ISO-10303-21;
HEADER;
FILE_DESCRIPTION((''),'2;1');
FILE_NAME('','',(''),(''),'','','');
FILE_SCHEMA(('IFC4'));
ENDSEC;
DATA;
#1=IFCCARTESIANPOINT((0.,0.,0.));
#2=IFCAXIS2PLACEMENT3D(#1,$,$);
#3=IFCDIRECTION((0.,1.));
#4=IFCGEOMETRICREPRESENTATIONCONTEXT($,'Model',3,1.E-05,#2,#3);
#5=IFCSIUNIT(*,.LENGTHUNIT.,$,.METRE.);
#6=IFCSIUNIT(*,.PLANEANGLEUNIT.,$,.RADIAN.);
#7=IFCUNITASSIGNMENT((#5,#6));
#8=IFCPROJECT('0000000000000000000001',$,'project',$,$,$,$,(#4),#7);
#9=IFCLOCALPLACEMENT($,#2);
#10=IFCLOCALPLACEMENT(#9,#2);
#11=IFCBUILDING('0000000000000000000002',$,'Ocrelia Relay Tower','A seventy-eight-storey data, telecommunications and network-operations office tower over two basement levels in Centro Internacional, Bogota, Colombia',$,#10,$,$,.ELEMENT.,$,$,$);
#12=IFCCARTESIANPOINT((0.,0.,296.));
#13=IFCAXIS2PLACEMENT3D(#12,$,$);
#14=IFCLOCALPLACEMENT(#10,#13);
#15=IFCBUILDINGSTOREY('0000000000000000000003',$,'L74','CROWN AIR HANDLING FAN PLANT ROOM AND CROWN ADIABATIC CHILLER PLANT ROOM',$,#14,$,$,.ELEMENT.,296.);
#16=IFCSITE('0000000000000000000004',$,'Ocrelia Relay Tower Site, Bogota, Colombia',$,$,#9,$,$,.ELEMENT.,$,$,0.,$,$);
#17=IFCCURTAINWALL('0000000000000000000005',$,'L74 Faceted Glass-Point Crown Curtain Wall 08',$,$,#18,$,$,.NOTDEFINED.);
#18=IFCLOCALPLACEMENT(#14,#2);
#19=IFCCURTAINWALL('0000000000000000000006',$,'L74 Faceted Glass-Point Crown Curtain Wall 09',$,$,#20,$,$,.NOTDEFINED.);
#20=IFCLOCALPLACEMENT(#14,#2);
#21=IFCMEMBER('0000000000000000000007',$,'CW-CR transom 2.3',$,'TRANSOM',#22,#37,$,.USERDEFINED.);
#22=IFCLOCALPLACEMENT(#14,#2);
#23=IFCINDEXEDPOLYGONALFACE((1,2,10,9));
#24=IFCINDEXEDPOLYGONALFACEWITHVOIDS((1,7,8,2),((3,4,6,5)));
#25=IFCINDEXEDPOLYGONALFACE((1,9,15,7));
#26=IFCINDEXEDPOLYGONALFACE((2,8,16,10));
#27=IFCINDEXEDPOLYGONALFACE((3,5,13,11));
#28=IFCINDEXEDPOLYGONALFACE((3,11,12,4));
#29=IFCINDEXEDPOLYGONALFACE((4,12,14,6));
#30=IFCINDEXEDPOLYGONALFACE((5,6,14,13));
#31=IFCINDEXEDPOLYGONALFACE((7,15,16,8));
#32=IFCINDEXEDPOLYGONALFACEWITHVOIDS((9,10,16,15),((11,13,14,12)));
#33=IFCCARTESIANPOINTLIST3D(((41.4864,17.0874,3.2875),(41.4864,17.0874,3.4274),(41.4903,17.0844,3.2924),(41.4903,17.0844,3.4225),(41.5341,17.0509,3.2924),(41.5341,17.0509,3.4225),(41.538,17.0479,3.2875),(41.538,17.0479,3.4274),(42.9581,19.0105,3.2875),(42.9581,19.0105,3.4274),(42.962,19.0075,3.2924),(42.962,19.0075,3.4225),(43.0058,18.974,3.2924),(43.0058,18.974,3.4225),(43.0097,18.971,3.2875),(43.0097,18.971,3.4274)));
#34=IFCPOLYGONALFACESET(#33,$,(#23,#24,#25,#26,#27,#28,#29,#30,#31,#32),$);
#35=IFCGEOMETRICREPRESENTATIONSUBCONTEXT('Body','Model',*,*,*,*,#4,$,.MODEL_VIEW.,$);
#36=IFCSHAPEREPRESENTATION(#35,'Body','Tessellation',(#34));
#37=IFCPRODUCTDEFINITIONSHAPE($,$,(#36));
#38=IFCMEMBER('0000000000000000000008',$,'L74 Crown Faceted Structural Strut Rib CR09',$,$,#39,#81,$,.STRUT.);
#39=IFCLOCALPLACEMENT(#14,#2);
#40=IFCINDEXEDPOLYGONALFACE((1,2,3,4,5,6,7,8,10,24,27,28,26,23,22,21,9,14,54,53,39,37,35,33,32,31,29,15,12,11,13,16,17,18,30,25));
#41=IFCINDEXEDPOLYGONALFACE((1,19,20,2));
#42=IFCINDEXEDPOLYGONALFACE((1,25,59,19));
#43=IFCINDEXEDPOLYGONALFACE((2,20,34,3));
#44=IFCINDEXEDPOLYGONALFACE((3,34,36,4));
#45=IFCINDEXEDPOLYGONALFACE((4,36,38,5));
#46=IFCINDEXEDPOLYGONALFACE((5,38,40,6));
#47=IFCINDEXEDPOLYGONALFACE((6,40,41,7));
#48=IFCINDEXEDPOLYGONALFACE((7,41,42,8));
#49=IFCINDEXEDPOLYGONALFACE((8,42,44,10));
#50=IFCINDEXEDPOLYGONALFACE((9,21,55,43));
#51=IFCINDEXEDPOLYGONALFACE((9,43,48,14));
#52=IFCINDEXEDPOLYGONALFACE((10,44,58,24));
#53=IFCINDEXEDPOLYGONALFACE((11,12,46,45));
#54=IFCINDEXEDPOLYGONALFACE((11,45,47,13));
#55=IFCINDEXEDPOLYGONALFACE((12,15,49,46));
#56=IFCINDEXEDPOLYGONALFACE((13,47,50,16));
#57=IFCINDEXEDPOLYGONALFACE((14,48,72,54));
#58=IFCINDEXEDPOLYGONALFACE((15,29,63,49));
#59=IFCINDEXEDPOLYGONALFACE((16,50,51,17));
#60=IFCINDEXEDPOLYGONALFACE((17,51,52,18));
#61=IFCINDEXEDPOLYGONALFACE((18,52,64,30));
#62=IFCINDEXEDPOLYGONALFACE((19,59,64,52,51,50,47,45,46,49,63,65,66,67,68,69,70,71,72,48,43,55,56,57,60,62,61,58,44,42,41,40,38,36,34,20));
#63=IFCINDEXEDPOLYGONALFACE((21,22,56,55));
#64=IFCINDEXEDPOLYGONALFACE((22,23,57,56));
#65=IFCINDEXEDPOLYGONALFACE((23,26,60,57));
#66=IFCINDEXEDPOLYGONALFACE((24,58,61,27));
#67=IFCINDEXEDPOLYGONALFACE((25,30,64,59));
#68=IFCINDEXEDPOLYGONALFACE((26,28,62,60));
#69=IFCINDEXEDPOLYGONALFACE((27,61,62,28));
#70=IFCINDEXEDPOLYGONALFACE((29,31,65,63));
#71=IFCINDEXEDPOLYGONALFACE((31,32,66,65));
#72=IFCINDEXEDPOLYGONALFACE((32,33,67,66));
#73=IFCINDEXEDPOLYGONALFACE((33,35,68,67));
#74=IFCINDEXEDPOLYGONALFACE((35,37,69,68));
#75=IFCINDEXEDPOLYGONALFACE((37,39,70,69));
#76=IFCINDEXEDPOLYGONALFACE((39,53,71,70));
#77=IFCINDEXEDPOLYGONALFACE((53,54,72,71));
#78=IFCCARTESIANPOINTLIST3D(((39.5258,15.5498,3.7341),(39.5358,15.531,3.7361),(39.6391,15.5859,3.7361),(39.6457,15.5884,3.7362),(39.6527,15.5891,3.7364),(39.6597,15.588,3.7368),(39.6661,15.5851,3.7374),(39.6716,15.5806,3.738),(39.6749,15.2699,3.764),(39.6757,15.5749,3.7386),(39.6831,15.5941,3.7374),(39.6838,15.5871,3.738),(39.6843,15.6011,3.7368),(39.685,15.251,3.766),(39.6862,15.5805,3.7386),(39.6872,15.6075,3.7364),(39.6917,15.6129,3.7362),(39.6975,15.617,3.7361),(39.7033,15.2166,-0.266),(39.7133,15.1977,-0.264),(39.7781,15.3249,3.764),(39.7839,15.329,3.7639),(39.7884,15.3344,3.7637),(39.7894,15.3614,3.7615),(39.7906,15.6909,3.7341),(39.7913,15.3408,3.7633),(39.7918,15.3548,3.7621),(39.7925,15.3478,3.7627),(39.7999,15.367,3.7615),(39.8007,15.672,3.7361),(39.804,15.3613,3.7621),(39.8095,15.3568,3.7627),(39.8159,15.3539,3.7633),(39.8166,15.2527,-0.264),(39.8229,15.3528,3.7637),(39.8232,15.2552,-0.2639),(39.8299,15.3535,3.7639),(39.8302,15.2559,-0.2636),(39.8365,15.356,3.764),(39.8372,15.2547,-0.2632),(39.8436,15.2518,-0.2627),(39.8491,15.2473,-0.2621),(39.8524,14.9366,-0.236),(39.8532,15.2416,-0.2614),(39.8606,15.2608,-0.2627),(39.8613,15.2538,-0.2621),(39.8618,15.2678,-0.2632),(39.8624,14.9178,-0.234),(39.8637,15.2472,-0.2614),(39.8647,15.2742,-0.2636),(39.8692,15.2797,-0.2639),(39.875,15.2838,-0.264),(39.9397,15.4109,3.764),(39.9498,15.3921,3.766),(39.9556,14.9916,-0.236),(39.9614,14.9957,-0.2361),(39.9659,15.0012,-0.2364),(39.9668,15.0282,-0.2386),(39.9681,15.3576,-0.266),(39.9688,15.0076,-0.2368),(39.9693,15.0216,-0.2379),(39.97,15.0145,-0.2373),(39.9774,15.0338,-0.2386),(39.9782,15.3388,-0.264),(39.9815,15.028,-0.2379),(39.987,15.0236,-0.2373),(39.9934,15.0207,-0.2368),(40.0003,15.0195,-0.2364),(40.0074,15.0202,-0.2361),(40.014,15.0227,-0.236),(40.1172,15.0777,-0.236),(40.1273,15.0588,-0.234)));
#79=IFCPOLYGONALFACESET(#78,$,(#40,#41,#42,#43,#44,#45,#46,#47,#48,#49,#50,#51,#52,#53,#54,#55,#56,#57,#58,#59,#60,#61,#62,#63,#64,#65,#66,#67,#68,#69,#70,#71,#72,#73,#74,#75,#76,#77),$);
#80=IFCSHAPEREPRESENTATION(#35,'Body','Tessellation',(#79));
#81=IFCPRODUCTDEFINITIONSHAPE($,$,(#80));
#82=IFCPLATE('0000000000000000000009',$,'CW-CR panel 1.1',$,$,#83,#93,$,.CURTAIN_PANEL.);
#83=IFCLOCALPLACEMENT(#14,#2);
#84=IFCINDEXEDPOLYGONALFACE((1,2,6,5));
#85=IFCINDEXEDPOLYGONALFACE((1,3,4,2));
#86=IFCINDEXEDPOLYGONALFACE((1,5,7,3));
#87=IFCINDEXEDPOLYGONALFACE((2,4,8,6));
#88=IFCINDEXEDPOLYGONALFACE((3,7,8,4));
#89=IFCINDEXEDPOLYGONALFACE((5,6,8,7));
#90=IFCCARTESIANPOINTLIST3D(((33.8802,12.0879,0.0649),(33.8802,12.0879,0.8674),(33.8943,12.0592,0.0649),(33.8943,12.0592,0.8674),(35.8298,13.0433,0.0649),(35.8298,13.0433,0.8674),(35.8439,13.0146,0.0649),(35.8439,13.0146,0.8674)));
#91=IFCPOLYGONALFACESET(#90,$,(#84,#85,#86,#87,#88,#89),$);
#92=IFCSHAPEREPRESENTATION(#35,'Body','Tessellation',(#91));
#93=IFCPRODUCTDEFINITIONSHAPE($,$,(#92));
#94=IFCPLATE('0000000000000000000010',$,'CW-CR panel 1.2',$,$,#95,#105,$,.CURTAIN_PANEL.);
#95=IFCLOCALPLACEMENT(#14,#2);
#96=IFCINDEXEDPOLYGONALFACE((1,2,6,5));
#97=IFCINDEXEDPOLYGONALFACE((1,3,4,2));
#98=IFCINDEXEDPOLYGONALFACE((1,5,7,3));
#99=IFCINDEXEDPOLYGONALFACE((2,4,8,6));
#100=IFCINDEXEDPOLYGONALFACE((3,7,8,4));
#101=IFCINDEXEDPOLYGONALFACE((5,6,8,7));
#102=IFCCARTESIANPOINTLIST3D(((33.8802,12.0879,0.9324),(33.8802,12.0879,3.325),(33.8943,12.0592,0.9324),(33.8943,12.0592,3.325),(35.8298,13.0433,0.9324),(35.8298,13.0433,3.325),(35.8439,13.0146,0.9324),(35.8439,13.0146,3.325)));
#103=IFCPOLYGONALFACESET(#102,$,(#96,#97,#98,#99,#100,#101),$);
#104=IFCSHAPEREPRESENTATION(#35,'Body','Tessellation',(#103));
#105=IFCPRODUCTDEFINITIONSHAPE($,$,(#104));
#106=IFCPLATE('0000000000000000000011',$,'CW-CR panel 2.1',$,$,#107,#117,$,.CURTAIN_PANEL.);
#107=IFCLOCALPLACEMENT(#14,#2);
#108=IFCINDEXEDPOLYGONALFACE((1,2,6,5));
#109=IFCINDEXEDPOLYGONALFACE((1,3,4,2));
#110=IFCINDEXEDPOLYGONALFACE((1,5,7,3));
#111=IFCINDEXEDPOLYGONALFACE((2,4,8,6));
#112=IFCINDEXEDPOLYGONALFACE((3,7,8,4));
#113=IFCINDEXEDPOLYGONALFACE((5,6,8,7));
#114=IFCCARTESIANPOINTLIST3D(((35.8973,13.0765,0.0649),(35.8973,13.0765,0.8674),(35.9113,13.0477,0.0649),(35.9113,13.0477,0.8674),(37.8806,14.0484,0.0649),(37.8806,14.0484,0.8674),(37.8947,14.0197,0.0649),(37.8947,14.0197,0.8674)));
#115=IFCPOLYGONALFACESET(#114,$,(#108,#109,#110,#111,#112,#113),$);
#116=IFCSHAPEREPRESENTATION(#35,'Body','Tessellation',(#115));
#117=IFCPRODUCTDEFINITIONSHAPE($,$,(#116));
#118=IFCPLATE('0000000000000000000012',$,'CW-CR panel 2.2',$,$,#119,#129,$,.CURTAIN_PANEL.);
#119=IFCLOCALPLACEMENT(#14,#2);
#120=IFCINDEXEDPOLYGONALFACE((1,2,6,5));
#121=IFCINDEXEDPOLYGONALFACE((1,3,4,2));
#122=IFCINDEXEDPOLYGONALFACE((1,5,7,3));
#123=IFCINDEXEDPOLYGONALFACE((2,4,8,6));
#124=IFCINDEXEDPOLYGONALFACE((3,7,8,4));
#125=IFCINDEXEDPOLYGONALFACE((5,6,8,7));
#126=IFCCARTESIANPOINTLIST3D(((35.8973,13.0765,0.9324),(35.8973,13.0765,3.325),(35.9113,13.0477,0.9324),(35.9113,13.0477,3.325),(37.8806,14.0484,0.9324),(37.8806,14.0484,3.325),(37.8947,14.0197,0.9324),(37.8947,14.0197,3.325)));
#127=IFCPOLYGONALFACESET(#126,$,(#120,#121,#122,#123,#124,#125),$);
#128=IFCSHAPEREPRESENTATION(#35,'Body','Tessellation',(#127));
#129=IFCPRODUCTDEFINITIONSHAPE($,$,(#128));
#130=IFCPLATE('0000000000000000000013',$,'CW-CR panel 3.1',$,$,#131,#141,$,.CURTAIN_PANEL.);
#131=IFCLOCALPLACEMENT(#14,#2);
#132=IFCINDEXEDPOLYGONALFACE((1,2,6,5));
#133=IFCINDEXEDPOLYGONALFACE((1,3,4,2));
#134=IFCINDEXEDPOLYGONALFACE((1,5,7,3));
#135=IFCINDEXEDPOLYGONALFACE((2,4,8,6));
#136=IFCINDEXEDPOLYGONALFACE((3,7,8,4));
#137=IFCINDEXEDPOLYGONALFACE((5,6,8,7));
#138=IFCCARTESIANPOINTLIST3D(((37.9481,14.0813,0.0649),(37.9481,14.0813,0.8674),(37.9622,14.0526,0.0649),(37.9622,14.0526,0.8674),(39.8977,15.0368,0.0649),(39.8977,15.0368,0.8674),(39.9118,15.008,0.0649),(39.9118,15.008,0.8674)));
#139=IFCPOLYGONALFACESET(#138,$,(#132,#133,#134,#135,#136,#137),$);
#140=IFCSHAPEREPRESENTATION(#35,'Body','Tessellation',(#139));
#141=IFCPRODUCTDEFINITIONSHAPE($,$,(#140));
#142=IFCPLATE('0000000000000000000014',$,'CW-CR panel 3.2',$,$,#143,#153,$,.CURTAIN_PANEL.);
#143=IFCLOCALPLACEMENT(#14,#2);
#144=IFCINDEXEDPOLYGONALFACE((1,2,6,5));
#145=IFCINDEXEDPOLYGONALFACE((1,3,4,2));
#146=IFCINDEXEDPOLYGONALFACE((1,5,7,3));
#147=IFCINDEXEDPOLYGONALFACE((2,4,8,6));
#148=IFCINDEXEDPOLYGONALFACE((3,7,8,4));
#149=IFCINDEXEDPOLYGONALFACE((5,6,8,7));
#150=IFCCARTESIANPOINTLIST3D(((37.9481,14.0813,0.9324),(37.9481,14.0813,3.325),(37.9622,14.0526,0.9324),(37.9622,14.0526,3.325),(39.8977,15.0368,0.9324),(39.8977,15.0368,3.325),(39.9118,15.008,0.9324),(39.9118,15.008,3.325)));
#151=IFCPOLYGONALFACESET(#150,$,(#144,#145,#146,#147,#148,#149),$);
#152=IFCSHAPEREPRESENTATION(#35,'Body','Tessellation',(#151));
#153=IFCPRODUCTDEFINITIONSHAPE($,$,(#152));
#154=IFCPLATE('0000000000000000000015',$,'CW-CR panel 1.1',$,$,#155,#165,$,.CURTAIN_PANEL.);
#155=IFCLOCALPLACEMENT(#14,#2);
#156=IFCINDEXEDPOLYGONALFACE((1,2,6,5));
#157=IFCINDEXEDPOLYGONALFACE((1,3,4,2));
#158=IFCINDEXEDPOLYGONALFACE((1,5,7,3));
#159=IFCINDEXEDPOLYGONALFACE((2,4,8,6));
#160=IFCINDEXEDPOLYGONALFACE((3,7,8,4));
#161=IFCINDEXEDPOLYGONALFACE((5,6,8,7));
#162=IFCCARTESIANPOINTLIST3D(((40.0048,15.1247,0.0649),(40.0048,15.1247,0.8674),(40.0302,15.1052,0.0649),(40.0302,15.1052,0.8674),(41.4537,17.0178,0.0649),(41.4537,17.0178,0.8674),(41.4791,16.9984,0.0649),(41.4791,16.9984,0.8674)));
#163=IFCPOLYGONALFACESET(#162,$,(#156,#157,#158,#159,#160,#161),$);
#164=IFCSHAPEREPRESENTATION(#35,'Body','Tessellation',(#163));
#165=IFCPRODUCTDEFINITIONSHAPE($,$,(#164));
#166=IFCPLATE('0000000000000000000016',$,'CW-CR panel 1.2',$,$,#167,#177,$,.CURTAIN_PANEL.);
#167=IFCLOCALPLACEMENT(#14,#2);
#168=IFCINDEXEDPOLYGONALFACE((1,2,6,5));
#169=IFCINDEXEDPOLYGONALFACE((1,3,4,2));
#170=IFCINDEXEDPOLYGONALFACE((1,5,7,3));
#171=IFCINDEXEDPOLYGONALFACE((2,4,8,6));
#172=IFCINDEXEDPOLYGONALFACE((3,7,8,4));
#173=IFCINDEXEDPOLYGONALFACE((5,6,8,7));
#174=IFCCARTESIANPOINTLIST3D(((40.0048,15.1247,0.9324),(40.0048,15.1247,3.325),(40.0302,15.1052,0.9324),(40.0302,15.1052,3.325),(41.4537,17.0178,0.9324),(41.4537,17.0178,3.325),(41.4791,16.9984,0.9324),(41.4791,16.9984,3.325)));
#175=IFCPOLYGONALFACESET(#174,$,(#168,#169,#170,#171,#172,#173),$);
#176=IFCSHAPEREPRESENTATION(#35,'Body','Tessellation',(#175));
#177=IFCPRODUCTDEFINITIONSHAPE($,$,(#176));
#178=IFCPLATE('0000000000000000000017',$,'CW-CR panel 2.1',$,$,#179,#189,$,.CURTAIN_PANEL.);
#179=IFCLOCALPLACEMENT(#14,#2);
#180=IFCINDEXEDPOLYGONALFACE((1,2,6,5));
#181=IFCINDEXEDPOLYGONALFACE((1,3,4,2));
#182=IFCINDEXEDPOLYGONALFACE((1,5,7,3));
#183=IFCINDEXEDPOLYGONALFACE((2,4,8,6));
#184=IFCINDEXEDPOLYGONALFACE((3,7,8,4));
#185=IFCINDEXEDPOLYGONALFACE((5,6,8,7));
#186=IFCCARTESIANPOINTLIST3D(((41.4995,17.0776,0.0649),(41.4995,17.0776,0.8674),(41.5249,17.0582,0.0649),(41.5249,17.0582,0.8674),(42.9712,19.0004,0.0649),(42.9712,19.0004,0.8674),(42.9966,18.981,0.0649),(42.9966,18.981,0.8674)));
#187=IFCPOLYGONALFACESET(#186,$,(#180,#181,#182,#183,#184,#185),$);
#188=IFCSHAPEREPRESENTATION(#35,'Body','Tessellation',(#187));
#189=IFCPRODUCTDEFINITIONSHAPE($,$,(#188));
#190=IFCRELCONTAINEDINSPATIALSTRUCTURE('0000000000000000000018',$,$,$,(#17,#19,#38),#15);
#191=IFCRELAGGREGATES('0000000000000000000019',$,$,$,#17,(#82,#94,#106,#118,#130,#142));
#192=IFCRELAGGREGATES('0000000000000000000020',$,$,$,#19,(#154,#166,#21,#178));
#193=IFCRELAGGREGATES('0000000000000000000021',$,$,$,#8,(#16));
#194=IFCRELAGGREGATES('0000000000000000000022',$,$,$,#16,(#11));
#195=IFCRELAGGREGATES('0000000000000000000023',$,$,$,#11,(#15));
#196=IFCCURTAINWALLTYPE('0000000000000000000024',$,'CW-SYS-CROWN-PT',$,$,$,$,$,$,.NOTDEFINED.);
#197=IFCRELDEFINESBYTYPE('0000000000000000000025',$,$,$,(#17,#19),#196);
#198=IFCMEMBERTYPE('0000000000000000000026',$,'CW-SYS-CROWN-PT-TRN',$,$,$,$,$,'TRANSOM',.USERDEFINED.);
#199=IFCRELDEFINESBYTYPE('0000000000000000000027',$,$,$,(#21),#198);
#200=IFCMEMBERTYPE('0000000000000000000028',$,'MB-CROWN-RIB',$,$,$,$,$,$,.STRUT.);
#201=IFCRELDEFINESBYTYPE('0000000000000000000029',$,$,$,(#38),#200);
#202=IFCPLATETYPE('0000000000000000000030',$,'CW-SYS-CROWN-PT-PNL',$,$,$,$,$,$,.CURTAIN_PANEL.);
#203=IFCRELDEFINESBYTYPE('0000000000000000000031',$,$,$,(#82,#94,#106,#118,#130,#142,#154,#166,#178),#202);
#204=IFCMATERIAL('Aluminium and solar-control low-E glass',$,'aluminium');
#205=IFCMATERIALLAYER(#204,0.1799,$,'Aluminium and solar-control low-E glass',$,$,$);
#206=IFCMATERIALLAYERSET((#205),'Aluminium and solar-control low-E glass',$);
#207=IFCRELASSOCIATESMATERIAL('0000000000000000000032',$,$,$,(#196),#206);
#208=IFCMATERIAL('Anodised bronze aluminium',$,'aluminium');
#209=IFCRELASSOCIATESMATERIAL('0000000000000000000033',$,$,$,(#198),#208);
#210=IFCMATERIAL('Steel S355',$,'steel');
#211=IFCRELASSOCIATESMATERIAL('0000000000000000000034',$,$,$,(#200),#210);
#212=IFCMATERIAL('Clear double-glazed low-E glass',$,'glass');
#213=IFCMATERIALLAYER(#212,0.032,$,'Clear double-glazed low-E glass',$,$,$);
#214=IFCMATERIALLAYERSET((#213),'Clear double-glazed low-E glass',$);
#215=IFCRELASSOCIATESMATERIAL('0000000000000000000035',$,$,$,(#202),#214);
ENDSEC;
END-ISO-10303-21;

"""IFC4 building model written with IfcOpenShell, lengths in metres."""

from ifc_helpers import new_model, si_unit, direction, frame, origin, origin_2d, place, context, subcontext, project, spatial, rectangle, hollow_rectangle, i_section, extrude, material, layer, layer_set, material_profile, profile_set, type_object, element, aggregate, save


model = new_model("IFC4")

# Units and contexts
model_context = context("Model", 3, precision=1e-05, world=origin(), true_north=direction((0.0, 1.0)))
body_context = subcontext(model_context, "Body", "Model", "MODEL_VIEW")
ifc_project = project(units=[si_unit("LENGTHUNIT", "METRE"), si_unit("PLANEANGLEUNIT", "RADIAN")], contexts=[model_context])

# Site, building, storey
site_placement = place(None, origin())
site = spatial("IfcSite", under=ifc_project, at=site_placement, Name="Ocrelia Relay Tower Site, Bogota, Colombia", CompositionType="ELEMENT", RefElevation=0.0)
building_placement = place(site_placement, origin())
building = spatial("IfcBuilding", under=site, at=building_placement, Name="Ocrelia Relay Tower", Description="A seventy-eight-storey data, telecommunications and network-operations office tower over two basement levels in Centro Internacional, Bogota, Colombia", CompositionType="ELEMENT")
storey_placement = place(building_placement, frame((0.0, 0.0, 296.0)))
storey = spatial("IfcBuildingStorey", under=building, at=storey_placement, Name="L74", Description="CROWN AIR HANDLING FAN PLANT ROOM AND CROWN ADIABATIC CHILLER PLANT ROOM", CompositionType="ELEMENT", Elevation=296.0)

# Shared definitions
ifc_material_1 = material(Name="Steel S355", Category="steel")

# Curtain walls
ifc_material_2 = material(Name="Aluminium and solar-control low-E glass", Category="aluminium")
ifc_layer_1 = layer(ifc_material_2, 0.1799, Name="Aluminium and solar-control low-E glass")
ifc_layer_set_1 = layer_set([ifc_layer_1], Name="Aluminium and solar-control low-E glass")
curtain_wall_type = type_object("IfcCurtainWallType", Name="CW-SYS-CROWN-PT", PredefinedType="NOTDEFINED", material=ifc_layer_set_1)
curtain_wall_1_placement = place(storey_placement, origin())
curtain_wall_1 = element("IfcCurtainWall", 1, at=curtain_wall_1_placement, inside=storey, type_object=curtain_wall_type, Name="L74 Faceted Glass-Point Crown Curtain Wall 08", PredefinedType="NOTDEFINED")
ifc_material_3 = material(Name="Anodised bronze aluminium", Category="aluminium")
curtain_wall_2_placement = place(storey_placement, origin())
curtain_wall_2 = element("IfcCurtainWall", 2, at=curtain_wall_2_placement, inside=storey, type_object=curtain_wall_type, Name="L74 Faceted Glass-Point Crown Curtain Wall 09", PredefinedType="NOTDEFINED")

# Members
ifc_material_profile_1 = material_profile(ifc_material_3, hollow_rectangle(XDim=0.0649, YDim=0.1399, WallThickness=0.0049, at=origin_2d()), Name="CW-TRN-140x65")
ifc_profile_set_1 = profile_set([ifc_material_profile_1], Name="Anodised bronze aluminium")
member_type_1 = type_object("IfcMemberType", Name="CW-SYS-CROWN-PT-TRN", ElementType="TRANSOM", PredefinedType="USERDEFINED", material=ifc_profile_set_1)
member_1_placement = place(storey_placement, frame((41.5122, 17.0676, 3.3574), z_axis=(0.607731, 0.794143, 0.0), x_axis=(-0.794143, 0.607731, 0.0)))
member_1 = element("IfcMember", 3, at=member_1_placement, type_object=member_type_1, Name="CW-CR transom 2.3", ObjectType="TRANSOM", PredefinedType="USERDEFINED", context=body_context, shape_type="SweptSolid", body=[
    extrude(hollow_rectangle(XDim=0.0649, YDim=0.1399, WallThickness=0.0049, at=origin_2d()), origin(), (0.0, 0.0, 1.0), 2.4216),
])
ifc_material_profile_2 = material_profile(ifc_material_1, i_section(OverallWidth=0.3, OverallDepth=0.3401, WebThickness=0.012, FlangeThickness=0.0215, FilletRadius=0.0271, at=origin_2d()), Name="HEB 340")
ifc_profile_set_2 = profile_set([ifc_material_profile_2], Name="Steel S355")
member_type_2 = type_object("IfcMemberType", Name="MB-CROWN-RIB", PredefinedType="STRUT", material=ifc_profile_set_2)
member_2_placement = place(storey_placement, frame((39.9153, 15.1377, -0.25), z_axis=(-0.044176, 0.082944, 0.995575), x_axis=(-0.882621, -0.470085, 0.0)))
element("IfcMember", 4, at=member_2_placement, inside=storey, type_object=member_type_2, Name="L74 Crown Faceted Structural Strut Rib CR09", PredefinedType="STRUT", context=body_context, shape_type="SweptSolid", body=[
    extrude(i_section(OverallWidth=0.3, OverallDepth=0.3401, WebThickness=0.012, FlangeThickness=0.0215, FilletRadius=0.0271, at=origin_2d()), origin(), (0.0, 0.0, 1.0), 4.0178),
])

# Plates
ifc_material_4 = material(Name="Clear double-glazed low-E glass", Category="glass")
ifc_layer_2 = layer(ifc_material_4, 0.032, Name="Clear double-glazed low-E glass")
ifc_layer_set_2 = layer_set([ifc_layer_2], Name="Clear double-glazed low-E glass")
plate_type = type_object("IfcPlateType", Name="CW-SYS-CROWN-PT-PNL", PredefinedType="CURTAIN_PANEL", material=ifc_layer_set_2)
plate_1_placement = place(storey_placement, frame((34.8621, 12.5513, 0.0649), z_axis=(0.0, 0.0, 1.0), x_axis=(0.897969, 0.440059, 0.0)))
plate_1 = element("IfcPlate", 5, at=plate_1_placement, type_object=plate_type, Name="CW-CR panel 1.1", PredefinedType="CURTAIN_PANEL", context=body_context, shape_type="SweptSolid", body=[
    extrude(rectangle(XDim=2.1711, YDim=0.032, at=origin_2d()), origin(), (0.0, 0.0, 1.0), 0.8025),
])
plate_2_placement = place(storey_placement, frame((34.8621, 12.5513, 0.9324), z_axis=(0.0, 0.0, 1.0), x_axis=(0.897969, 0.440059, 0.0)))
plate_2 = element("IfcPlate", 6, at=plate_2_placement, type_object=plate_type, Name="CW-CR panel 1.2", PredefinedType="CURTAIN_PANEL", context=body_context, shape_type="SweptSolid", body=[
    extrude(rectangle(XDim=2.1711, YDim=0.032, at=origin_2d()), origin(), (0.0, 0.0, 1.0), 2.3926),
])
plate_3_placement = place(storey_placement, frame((36.896, 13.5481, 0.0649), z_axis=(0.0, 0.0, 1.0), x_axis=(0.897969, 0.440059, 0.0)))
plate_3 = element("IfcPlate", 7, at=plate_3_placement, type_object=plate_type, Name="CW-CR panel 2.1", PredefinedType="CURTAIN_PANEL", context=body_context, shape_type="SweptSolid", body=[
    extrude(rectangle(XDim=2.2087, YDim=0.032, at=origin_2d()), origin(), (0.0, 0.0, 1.0), 0.8025),
])
plate_4_placement = place(storey_placement, frame((36.896, 13.5481, 0.9324), z_axis=(0.0, 0.0, 1.0), x_axis=(0.897969, 0.440059, 0.0)))
plate_4 = element("IfcPlate", 8, at=plate_4_placement, type_object=plate_type, Name="CW-CR panel 2.2", PredefinedType="CURTAIN_PANEL", context=body_context, shape_type="SweptSolid", body=[
    extrude(rectangle(XDim=2.2087, YDim=0.032, at=origin_2d()), origin(), (0.0, 0.0, 1.0), 2.3926),
])
plate_5_placement = place(storey_placement, frame((38.9299, 14.5447, 0.0649), z_axis=(0.0, 0.0, 1.0), x_axis=(0.897969, 0.440059, 0.0)))
plate_5 = element("IfcPlate", 9, at=plate_5_placement, type_object=plate_type, Name="CW-CR panel 3.1", PredefinedType="CURTAIN_PANEL", context=body_context, shape_type="SweptSolid", body=[
    extrude(rectangle(XDim=2.1711, YDim=0.032, at=origin_2d()), origin(), (0.0, 0.0, 1.0), 0.8025),
])
plate_6_placement = place(storey_placement, frame((38.9299, 14.5447, 0.9324), z_axis=(0.0, 0.0, 1.0), x_axis=(0.897969, 0.440059, 0.0)))
plate_6 = element("IfcPlate", 10, at=plate_6_placement, type_object=plate_type, Name="CW-CR panel 3.2", PredefinedType="CURTAIN_PANEL", context=body_context, shape_type="SweptSolid", body=[
    extrude(rectangle(XDim=2.1711, YDim=0.032, at=origin_2d()), origin(), (0.0, 0.0, 1.0), 2.3926),
])
aggregate(curtain_wall_1, [plate_1, plate_2, plate_3, plate_4, plate_5, plate_6])
plate_7_placement = place(storey_placement, frame((40.7419, 16.0615, 0.0649), z_axis=(0.0, 0.0, 1.0), x_axis=(0.607778, 0.794107, 0.0)))
plate_7 = element("IfcPlate", 11, at=plate_7_placement, type_object=plate_type, Name="CW-CR panel 1.1", PredefinedType="CURTAIN_PANEL", context=body_context, shape_type="SweptSolid", body=[
    extrude(rectangle(XDim=2.384, YDim=0.032, at=origin_2d()), origin(), (0.0, 0.0, 1.0), 0.8025),
])
plate_8_placement = place(storey_placement, frame((40.7419, 16.0615, 0.9324), z_axis=(0.0, 0.0, 1.0), x_axis=(0.607778, 0.794107, 0.0)))
plate_8 = element("IfcPlate", 12, at=plate_8_placement, type_object=plate_type, Name="CW-CR panel 1.2", PredefinedType="CURTAIN_PANEL", context=body_context, shape_type="SweptSolid", body=[
    extrude(rectangle(XDim=2.384, YDim=0.032, at=origin_2d()), origin(), (0.0, 0.0, 1.0), 2.3926),
])
plate_9_placement = place(storey_placement, frame((42.248, 18.0293, 0.0649), z_axis=(0.0, 0.0, 1.0), x_axis=(0.607778, 0.794107, 0.0)))
plate_9 = element("IfcPlate", 13, at=plate_9_placement, type_object=plate_type, Name="CW-CR panel 2.1", PredefinedType="CURTAIN_PANEL", context=body_context, shape_type="SweptSolid", body=[
    extrude(rectangle(XDim=2.4214, YDim=0.032, at=origin_2d()), origin(), (0.0, 0.0, 1.0), 0.8025),
])
aggregate(curtain_wall_2, [plate_7, plate_8, member_1, plate_9])

save(model, "model.ifc")
